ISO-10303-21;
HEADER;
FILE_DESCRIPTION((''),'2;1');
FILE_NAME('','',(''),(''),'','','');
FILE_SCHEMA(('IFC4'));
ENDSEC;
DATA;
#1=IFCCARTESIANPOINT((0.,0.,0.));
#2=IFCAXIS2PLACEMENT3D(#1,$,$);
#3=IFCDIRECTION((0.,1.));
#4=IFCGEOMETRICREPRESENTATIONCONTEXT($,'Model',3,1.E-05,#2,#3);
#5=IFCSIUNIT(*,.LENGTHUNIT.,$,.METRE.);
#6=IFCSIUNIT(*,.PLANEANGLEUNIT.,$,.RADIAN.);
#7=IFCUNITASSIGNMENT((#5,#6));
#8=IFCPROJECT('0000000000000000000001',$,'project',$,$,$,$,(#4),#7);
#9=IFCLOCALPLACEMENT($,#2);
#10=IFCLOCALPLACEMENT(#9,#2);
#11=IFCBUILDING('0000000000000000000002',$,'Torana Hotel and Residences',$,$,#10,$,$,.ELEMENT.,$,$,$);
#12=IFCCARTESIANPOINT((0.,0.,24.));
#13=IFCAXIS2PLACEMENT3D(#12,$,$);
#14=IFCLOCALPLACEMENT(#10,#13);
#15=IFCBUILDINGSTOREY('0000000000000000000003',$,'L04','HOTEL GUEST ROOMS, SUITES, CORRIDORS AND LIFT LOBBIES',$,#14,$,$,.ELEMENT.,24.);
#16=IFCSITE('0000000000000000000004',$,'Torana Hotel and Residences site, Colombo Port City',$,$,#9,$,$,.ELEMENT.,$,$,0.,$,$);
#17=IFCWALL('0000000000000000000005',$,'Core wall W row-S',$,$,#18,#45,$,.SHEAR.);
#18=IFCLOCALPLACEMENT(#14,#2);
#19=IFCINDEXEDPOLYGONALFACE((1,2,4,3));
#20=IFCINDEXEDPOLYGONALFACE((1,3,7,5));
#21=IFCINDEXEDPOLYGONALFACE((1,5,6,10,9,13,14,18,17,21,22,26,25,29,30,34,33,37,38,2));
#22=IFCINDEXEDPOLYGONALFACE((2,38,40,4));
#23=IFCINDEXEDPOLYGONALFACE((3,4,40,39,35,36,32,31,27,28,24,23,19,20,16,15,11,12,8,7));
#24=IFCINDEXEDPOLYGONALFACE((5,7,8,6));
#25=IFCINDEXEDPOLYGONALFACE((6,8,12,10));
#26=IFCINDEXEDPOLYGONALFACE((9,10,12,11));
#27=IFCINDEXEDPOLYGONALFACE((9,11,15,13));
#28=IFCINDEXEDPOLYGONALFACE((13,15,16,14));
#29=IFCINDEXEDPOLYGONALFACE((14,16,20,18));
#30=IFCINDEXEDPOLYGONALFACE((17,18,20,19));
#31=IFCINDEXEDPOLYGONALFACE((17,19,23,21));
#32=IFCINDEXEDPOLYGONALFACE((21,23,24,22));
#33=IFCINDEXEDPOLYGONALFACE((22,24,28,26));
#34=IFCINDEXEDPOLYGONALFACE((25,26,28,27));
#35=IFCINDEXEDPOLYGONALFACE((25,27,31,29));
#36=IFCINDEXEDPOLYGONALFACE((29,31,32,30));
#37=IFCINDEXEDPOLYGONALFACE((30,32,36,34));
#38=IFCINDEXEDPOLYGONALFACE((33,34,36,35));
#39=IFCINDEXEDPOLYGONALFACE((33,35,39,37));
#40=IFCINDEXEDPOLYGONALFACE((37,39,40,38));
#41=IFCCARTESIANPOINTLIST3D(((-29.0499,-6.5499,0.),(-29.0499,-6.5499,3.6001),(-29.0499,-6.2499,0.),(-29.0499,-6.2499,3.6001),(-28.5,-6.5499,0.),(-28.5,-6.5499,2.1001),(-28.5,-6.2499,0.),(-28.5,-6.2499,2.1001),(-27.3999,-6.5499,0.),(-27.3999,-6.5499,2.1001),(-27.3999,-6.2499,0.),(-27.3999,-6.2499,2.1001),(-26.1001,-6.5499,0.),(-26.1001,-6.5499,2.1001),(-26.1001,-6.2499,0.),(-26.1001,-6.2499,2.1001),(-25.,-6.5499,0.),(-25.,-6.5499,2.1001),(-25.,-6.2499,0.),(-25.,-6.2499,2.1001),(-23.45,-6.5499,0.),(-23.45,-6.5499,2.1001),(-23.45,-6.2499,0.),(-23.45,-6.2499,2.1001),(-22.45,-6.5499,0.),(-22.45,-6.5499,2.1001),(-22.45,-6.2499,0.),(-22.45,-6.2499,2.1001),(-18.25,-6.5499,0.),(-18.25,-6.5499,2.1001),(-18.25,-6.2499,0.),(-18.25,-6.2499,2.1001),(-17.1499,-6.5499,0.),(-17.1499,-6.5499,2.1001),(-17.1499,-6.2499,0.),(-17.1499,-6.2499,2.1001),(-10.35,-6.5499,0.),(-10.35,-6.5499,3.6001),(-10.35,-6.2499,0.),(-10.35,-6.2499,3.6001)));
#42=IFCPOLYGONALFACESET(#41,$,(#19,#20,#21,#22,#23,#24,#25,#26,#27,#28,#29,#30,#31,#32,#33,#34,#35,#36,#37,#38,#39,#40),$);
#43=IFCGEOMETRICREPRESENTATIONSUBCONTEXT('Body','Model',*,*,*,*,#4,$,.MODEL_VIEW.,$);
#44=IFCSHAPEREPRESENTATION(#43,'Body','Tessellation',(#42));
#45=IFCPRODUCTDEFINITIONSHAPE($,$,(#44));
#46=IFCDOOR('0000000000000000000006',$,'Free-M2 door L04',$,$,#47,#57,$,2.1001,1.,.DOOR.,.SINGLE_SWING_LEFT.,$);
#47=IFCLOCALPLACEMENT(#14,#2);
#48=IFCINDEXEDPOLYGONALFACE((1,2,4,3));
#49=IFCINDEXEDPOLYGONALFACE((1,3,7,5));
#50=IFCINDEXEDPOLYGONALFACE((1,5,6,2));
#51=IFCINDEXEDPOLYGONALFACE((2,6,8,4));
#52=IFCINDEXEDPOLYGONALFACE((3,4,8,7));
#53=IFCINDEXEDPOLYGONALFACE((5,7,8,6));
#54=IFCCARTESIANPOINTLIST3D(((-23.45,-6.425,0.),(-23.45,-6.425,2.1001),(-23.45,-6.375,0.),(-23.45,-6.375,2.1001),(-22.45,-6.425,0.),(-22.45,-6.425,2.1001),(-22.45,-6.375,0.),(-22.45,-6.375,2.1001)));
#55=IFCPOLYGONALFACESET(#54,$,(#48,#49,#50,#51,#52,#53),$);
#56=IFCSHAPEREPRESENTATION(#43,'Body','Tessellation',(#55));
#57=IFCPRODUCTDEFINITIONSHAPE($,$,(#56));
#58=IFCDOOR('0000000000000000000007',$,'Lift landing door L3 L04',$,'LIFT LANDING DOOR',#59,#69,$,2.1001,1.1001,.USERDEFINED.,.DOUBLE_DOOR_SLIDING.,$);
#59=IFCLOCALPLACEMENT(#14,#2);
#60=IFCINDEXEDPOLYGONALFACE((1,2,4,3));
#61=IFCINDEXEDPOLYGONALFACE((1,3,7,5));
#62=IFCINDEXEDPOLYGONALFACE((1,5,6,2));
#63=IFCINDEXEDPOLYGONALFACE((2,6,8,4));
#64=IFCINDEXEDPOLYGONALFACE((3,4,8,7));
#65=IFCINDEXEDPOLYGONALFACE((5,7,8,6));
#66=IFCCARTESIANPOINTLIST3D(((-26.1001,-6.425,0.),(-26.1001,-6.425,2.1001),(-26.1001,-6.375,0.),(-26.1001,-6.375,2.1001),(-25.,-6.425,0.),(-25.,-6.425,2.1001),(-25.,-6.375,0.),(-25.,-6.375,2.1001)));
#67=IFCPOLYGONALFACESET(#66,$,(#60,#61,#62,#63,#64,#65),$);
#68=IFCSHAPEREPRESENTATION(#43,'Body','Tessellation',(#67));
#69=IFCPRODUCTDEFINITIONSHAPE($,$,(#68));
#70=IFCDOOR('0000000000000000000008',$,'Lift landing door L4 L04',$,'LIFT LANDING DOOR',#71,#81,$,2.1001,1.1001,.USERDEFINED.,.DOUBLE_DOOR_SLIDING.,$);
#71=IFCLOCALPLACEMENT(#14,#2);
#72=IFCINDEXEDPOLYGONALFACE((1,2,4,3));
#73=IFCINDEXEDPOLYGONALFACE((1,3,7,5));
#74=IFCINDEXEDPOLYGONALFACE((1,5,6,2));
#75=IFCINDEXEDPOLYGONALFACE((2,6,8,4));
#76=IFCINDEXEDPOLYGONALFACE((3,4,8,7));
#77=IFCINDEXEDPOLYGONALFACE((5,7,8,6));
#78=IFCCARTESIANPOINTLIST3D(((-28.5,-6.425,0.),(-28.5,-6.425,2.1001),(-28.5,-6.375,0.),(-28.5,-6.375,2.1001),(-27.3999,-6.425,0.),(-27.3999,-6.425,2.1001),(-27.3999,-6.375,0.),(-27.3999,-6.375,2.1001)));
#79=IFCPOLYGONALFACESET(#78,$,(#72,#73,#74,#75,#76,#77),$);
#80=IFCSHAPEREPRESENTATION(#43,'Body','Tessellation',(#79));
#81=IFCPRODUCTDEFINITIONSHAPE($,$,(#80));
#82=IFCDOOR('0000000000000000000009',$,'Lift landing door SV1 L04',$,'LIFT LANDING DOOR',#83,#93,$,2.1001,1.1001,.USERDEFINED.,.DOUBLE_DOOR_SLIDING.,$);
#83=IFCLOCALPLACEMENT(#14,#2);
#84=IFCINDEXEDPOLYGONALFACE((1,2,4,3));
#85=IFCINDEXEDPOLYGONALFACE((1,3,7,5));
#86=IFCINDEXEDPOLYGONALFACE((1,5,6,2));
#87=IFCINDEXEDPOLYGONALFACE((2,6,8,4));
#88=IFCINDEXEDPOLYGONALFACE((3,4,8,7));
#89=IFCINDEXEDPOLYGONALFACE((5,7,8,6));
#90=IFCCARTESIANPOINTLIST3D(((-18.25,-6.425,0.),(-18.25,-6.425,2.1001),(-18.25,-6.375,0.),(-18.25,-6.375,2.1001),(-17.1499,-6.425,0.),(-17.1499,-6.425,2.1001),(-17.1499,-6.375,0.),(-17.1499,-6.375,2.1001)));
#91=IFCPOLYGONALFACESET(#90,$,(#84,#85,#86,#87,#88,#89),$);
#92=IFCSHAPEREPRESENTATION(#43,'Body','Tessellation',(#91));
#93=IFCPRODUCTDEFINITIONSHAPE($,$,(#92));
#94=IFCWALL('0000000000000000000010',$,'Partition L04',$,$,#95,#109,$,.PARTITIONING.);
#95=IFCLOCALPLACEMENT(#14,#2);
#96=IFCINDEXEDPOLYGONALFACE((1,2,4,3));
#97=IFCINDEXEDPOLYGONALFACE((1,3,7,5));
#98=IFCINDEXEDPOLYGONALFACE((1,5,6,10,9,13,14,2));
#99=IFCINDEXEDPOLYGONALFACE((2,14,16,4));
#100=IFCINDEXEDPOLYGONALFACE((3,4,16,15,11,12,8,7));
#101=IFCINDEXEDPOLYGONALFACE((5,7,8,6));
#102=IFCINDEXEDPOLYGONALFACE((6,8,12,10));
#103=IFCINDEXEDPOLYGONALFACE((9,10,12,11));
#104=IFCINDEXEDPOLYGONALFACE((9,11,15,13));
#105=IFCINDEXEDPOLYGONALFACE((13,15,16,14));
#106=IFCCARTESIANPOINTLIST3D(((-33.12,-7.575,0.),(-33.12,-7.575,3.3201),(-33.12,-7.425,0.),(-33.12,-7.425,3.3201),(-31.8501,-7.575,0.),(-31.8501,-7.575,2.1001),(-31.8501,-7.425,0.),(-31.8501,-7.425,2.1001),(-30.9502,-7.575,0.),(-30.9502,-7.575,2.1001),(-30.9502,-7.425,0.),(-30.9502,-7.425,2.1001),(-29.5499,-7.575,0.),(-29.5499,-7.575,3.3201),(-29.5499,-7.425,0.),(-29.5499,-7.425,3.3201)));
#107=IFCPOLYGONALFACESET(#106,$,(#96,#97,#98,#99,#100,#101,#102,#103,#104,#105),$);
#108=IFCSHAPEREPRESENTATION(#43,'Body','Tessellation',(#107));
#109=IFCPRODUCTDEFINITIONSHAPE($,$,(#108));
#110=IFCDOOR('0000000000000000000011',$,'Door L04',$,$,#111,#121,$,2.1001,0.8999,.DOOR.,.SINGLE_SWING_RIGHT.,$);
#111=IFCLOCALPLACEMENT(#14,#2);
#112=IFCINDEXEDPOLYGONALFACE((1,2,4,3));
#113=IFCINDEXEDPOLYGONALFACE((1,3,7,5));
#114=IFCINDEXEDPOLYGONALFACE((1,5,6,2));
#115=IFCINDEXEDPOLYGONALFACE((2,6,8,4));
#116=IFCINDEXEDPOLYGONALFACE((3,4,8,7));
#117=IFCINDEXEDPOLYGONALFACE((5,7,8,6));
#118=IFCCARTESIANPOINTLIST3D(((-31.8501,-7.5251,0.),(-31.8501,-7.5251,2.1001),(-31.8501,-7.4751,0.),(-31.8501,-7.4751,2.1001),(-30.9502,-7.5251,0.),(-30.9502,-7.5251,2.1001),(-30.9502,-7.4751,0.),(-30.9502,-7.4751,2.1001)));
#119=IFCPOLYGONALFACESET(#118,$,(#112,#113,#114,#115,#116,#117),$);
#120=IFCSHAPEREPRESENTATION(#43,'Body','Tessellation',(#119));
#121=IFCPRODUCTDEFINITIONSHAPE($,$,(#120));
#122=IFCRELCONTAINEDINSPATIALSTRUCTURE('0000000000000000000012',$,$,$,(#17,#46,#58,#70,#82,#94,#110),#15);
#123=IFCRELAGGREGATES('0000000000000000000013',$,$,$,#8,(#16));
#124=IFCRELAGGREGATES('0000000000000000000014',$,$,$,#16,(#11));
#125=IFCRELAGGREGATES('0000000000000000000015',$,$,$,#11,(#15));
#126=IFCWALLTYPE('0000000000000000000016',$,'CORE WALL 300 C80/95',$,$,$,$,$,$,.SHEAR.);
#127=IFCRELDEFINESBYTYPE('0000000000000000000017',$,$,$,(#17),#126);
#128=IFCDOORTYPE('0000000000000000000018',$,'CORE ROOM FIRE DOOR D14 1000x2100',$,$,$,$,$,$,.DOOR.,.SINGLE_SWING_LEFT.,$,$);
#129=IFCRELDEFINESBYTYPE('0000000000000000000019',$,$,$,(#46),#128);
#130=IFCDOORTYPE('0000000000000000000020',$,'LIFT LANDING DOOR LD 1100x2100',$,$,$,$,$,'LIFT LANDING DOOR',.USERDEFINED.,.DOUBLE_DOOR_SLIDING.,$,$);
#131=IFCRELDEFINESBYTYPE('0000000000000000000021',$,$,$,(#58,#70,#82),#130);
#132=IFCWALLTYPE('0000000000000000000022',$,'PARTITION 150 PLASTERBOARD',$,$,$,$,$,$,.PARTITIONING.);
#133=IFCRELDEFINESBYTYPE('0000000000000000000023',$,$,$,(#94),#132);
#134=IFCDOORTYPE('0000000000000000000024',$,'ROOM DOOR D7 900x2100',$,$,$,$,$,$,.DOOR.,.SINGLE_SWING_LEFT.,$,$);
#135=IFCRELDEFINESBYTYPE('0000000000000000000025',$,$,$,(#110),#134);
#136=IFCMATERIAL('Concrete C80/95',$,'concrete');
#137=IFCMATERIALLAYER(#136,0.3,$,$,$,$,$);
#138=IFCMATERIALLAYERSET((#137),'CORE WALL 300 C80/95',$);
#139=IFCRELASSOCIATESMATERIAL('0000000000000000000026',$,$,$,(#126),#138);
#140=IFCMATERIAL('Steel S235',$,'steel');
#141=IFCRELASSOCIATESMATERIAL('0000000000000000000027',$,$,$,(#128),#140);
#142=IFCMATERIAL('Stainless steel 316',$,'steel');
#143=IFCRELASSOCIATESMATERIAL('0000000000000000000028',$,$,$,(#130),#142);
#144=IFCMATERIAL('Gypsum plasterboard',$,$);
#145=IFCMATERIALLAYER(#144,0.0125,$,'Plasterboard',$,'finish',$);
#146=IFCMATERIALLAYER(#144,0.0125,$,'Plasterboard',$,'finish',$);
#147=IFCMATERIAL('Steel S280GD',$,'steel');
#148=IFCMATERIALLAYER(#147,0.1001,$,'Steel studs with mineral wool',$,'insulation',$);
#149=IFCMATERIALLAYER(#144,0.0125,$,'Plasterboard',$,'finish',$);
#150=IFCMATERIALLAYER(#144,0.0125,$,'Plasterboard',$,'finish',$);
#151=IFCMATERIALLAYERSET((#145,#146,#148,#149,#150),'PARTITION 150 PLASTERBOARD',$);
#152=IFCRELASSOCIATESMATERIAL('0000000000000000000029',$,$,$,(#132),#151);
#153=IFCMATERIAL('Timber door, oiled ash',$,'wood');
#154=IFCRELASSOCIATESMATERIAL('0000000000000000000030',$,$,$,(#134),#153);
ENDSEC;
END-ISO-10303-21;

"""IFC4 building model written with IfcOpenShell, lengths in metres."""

from ifc_helpers import new_model, si_unit, direction, frame, frame_2d, origin, place, context, subcontext, project, spatial, rectangle, extrude, material, layer, layer_set, type_object, element, fill, save


model = new_model("IFC4")

# Units and contexts
model_context = context("Model", 3, precision=1e-05, world=origin(), true_north=direction((0.0, 1.0)))
body_context = subcontext(model_context, "Body", "Model", "MODEL_VIEW")
ifc_project = project(units=[si_unit("LENGTHUNIT", "METRE"), si_unit("PLANEANGLEUNIT", "RADIAN")], contexts=[model_context])

# Site, building, storey
site_placement = place(None, origin())
site = spatial("IfcSite", under=ifc_project, at=site_placement, Name="Torana Hotel and Residences site, Colombo Port City", CompositionType="ELEMENT", RefElevation=0.0)
building_placement = place(site_placement, origin())
building = spatial("IfcBuilding", under=site, at=building_placement, Name="Torana Hotel and Residences", CompositionType="ELEMENT")
storey_placement = place(building_placement, frame((0.0, 0.0, 24.0)))
storey = spatial("IfcBuildingStorey", under=building, at=storey_placement, Name="L04", Description="HOTEL GUEST ROOMS, SUITES, CORRIDORS AND LIFT LOBBIES", CompositionType="ELEMENT", Elevation=24.0)

# Wall, openings, doors
ifc_material_1 = material(Name="Concrete C80/95", Category="concrete")
ifc_layer_1 = layer(ifc_material_1, 0.3)
ifc_layer_set_1 = layer_set([ifc_layer_1], Name="CORE WALL 300 C80/95")
wall_type_1 = type_object("IfcWallType", Name="CORE WALL 300 C80/95", PredefinedType="SHEAR", material=ifc_layer_set_1)
ifc_material_2 = material(Name="Steel S235", Category="steel")
door_type_1 = type_object("IfcDoorType", Name="CORE ROOM FIRE DOOR D14 1000x2100", OperationType="SINGLE_SWING_LEFT", PredefinedType="DOOR", material=ifc_material_2)
ifc_material_3 = material(Name="Stainless steel 316", Category="steel")
door_type_2 = type_object("IfcDoorType", Name="LIFT LANDING DOOR LD 1100x2100", ElementType="LIFT LANDING DOOR", OperationType="DOUBLE_DOOR_SLIDING", PredefinedType="USERDEFINED", material=ifc_material_3)
wall_1_placement = place(storey_placement, frame((-29.05, -6.3999, 0.0), z_axis=(0.0, 0.0, 1.0), x_axis=(1.0, 0.0, 0.0)))
wall_1 = element("IfcWall", 1, at=wall_1_placement, inside=storey, type_object=wall_type_1, Name="Core wall W row-S", PredefinedType="SHEAR", context=body_context, shape_type="SweptSolid", body=[
    extrude(rectangle(XDim=18.7, YDim=0.3, at=frame_2d((9.3501, 0.0))), origin(), (0.0, 0.0, 1.0), 3.6001),
])
opening_1_placement = place(wall_1_placement, frame((2.95, 0.0, 0.0)))
opening_1 = element("IfcOpeningElement", 2, at=opening_1_placement, cuts=wall_1, PredefinedType="OPENING", context=body_context, shape_type="SweptSolid", body=[
    extrude(rectangle(XDim=1.1001, YDim=2.1001, at=frame_2d((0.55, 1.05))), frame((0.0, 0.1599, 0.0), z_axis=(0.0, -1.0, 0.0), x_axis=(1.0, 0.0, 0.0)), (0.0, 0.0, 1.0), 0.3201),
])
opening_2_placement = place(wall_1_placement, frame((0.55, 0.0, 0.0)))
opening_2 = element("IfcOpeningElement", 3, at=opening_2_placement, cuts=wall_1, PredefinedType="OPENING", context=body_context, shape_type="SweptSolid", body=[
    extrude(rectangle(XDim=1.1001, YDim=2.1001, at=frame_2d((0.55, 1.05))), frame((0.0, 0.1599, 0.0), z_axis=(0.0, -1.0, 0.0), x_axis=(1.0, 0.0, 0.0)), (0.0, 0.0, 1.0), 0.3201),
])
opening_3_placement = place(wall_1_placement, frame((10.8, 0.0, 0.0)))
opening_3 = element("IfcOpeningElement", 4, at=opening_3_placement, cuts=wall_1, PredefinedType="OPENING", context=body_context, shape_type="SweptSolid", body=[
    extrude(rectangle(XDim=1.1001, YDim=2.1001, at=frame_2d((0.55, 1.05))), frame((0.0, 0.1599, 0.0), z_axis=(0.0, -1.0, 0.0), x_axis=(1.0, 0.0, 0.0)), (0.0, 0.0, 1.0), 0.3201),
])
opening_4_placement = place(wall_1_placement, frame((5.6001, 0.0, 0.0)))
opening_4 = element("IfcOpeningElement", 5, at=opening_4_placement, cuts=wall_1, PredefinedType="OPENING", context=body_context, shape_type="SweptSolid", body=[
    extrude(rectangle(XDim=1.0, YDim=2.1001, at=frame_2d((0.5, 1.05))), frame((0.0, 0.1599, 0.0), z_axis=(0.0, -1.0, 0.0), x_axis=(1.0, 0.0, 0.0)), (0.0, 0.0, 1.0), 0.3201),
])
door_1_placement = place(opening_4_placement, frame((0.5, 0.0, 0.0), z_axis=(0.0, 0.0, 1.0), x_axis=(-1.0, 0.0, 0.0)))
door_1 = element("IfcDoor", 6, at=door_1_placement, inside=storey, type_object=door_type_1, Name="Free-M2 door L04", OperationType="SINGLE_SWING_LEFT", OverallHeight=2.1001, OverallWidth=1.0, PredefinedType="DOOR", context=body_context, shape_type="SweptSolid", body=[
    extrude(rectangle(XDim=1.0, YDim=2.1001, at=frame_2d((0.0, 1.05))), frame((0.0, -0.0249, 0.0), z_axis=(0.0, 1.0, 0.0), x_axis=(-1.0, 0.0, 0.0)), (0.0, 0.0, 1.0), 0.05),
])
fill(opening_4, door_1)
door_2_placement = place(opening_1_placement, origin())
door_2 = element("IfcDoor", 7, at=door_2_placement, inside=storey, type_object=door_type_2, Name="Lift landing door L3 L04", ObjectType="LIFT LANDING DOOR", OperationType="DOUBLE_DOOR_SLIDING", OverallHeight=2.1001, OverallWidth=1.1001, PredefinedType="USERDEFINED", context=body_context, shape_type="SweptSolid", body=[
    extrude(rectangle(XDim=1.1001, YDim=2.1001, at=frame_2d((0.55, 1.05))), frame((0.0, 0.0249, 0.0), z_axis=(0.0, -1.0, 0.0), x_axis=(1.0, 0.0, 0.0)), (0.0, 0.0, 1.0), 0.05),
])
fill(opening_1, door_2)
door_3_placement = place(opening_2_placement, origin())
door_3 = element("IfcDoor", 8, at=door_3_placement, inside=storey, type_object=door_type_2, Name="Lift landing door L4 L04", ObjectType="LIFT LANDING DOOR", OperationType="DOUBLE_DOOR_SLIDING", OverallHeight=2.1001, OverallWidth=1.1001, PredefinedType="USERDEFINED", context=body_context, shape_type="SweptSolid", body=[
    extrude(rectangle(XDim=1.1001, YDim=2.1001, at=frame_2d((0.55, 1.05))), frame((0.0, 0.0249, 0.0), z_axis=(0.0, -1.0, 0.0), x_axis=(1.0, 0.0, 0.0)), (0.0, 0.0, 1.0), 0.05),
])
fill(opening_2, door_3)
door_4_placement = place(opening_3_placement, origin())
door_4 = element("IfcDoor", 9, at=door_4_placement, inside=storey, type_object=door_type_2, Name="Lift landing door SV1 L04", ObjectType="LIFT LANDING DOOR", OperationType="DOUBLE_DOOR_SLIDING", OverallHeight=2.1001, OverallWidth=1.1001, PredefinedType="USERDEFINED", context=body_context, shape_type="SweptSolid", body=[
    extrude(rectangle(XDim=1.1001, YDim=2.1001, at=frame_2d((0.55, 1.05))), frame((0.0, 0.0249, 0.0), z_axis=(0.0, -1.0, 0.0), x_axis=(1.0, 0.0, 0.0)), (0.0, 0.0, 1.0), 0.05),
])
fill(opening_3, door_4)
ifc_material_4 = material(Name="Steel S280GD", Category="steel")

# Wall, opening, door
ifc_material_5 = material(Name="Gypsum plasterboard")
ifc_layer_2 = layer(ifc_material_5, 0.0125, Name="Plasterboard", Category="finish")
ifc_layer_3 = layer(ifc_material_5, 0.0125, Name="Plasterboard", Category="finish")
ifc_layer_4 = layer(ifc_material_4, 0.1001, Name="Steel studs with mineral wool", Category="insulation")
ifc_layer_5 = layer(ifc_material_5, 0.0125, Name="Plasterboard", Category="finish")
ifc_layer_6 = layer(ifc_material_5, 0.0125, Name="Plasterboard", Category="finish")
ifc_layer_set_2 = layer_set([ifc_layer_2, ifc_layer_3, ifc_layer_4, ifc_layer_5, ifc_layer_6], Name="PARTITION 150 PLASTERBOARD")
wall_type_2 = type_object("IfcWallType", Name="PARTITION 150 PLASTERBOARD", PredefinedType="PARTITIONING", material=ifc_layer_set_2)
wall_2_placement = place(storey_placement, frame((-33.1201, -7.5, 0.0), z_axis=(0.0, 0.0, 1.0), x_axis=(1.0, 0.0, 0.0)))
wall_2 = element("IfcWall", 10, at=wall_2_placement, inside=storey, type_object=wall_type_2, Name="Partition L04", PredefinedType="PARTITIONING", context=body_context, shape_type="SweptSolid", body=[
    extrude(rectangle(XDim=3.5701, YDim=0.1499, at=frame_2d((1.7852, 0.0))), origin(), (0.0, 0.0, 1.0), 3.3201),
])
opening_5_placement = place(wall_2_placement, frame((1.27, 0.0, 0.0)))
opening_5 = element("IfcOpeningElement", 11, at=opening_5_placement, cuts=wall_2, PredefinedType="OPENING", context=body_context, shape_type="SweptSolid", body=[
    extrude(rectangle(XDim=0.8999, YDim=2.1001, at=frame_2d((0.45, 1.05))), frame((0.0, 0.085, 0.0), z_axis=(0.0, -1.0, 0.0), x_axis=(1.0, 0.0, 0.0)), (0.0, 0.0, 1.0), 0.1699),
])
ifc_material_6 = material(Name="Timber door, oiled ash", Category="wood")
door_type_3 = type_object("IfcDoorType", Name="ROOM DOOR D7 900x2100", OperationType="SINGLE_SWING_LEFT", PredefinedType="DOOR", material=ifc_material_6)
door_5_placement = place(opening_5_placement, origin())
door_5 = element("IfcDoor", 12, at=door_5_placement, inside=storey, type_object=door_type_3, Name="Door L04", OperationType="SINGLE_SWING_RIGHT", OverallHeight=2.1001, OverallWidth=0.8999, PredefinedType="DOOR", context=body_context, shape_type="SweptSolid", body=[
    extrude(rectangle(XDim=0.8999, YDim=2.1001, at=frame_2d((0.45, 1.05))), frame((0.0, 0.0249, 0.0), z_axis=(0.0, -1.0, 0.0), x_axis=(1.0, 0.0, 0.0)), (0.0, 0.0, 1.0), 0.05),
])
fill(opening_5, door_5)

save(model, "model.ifc")
